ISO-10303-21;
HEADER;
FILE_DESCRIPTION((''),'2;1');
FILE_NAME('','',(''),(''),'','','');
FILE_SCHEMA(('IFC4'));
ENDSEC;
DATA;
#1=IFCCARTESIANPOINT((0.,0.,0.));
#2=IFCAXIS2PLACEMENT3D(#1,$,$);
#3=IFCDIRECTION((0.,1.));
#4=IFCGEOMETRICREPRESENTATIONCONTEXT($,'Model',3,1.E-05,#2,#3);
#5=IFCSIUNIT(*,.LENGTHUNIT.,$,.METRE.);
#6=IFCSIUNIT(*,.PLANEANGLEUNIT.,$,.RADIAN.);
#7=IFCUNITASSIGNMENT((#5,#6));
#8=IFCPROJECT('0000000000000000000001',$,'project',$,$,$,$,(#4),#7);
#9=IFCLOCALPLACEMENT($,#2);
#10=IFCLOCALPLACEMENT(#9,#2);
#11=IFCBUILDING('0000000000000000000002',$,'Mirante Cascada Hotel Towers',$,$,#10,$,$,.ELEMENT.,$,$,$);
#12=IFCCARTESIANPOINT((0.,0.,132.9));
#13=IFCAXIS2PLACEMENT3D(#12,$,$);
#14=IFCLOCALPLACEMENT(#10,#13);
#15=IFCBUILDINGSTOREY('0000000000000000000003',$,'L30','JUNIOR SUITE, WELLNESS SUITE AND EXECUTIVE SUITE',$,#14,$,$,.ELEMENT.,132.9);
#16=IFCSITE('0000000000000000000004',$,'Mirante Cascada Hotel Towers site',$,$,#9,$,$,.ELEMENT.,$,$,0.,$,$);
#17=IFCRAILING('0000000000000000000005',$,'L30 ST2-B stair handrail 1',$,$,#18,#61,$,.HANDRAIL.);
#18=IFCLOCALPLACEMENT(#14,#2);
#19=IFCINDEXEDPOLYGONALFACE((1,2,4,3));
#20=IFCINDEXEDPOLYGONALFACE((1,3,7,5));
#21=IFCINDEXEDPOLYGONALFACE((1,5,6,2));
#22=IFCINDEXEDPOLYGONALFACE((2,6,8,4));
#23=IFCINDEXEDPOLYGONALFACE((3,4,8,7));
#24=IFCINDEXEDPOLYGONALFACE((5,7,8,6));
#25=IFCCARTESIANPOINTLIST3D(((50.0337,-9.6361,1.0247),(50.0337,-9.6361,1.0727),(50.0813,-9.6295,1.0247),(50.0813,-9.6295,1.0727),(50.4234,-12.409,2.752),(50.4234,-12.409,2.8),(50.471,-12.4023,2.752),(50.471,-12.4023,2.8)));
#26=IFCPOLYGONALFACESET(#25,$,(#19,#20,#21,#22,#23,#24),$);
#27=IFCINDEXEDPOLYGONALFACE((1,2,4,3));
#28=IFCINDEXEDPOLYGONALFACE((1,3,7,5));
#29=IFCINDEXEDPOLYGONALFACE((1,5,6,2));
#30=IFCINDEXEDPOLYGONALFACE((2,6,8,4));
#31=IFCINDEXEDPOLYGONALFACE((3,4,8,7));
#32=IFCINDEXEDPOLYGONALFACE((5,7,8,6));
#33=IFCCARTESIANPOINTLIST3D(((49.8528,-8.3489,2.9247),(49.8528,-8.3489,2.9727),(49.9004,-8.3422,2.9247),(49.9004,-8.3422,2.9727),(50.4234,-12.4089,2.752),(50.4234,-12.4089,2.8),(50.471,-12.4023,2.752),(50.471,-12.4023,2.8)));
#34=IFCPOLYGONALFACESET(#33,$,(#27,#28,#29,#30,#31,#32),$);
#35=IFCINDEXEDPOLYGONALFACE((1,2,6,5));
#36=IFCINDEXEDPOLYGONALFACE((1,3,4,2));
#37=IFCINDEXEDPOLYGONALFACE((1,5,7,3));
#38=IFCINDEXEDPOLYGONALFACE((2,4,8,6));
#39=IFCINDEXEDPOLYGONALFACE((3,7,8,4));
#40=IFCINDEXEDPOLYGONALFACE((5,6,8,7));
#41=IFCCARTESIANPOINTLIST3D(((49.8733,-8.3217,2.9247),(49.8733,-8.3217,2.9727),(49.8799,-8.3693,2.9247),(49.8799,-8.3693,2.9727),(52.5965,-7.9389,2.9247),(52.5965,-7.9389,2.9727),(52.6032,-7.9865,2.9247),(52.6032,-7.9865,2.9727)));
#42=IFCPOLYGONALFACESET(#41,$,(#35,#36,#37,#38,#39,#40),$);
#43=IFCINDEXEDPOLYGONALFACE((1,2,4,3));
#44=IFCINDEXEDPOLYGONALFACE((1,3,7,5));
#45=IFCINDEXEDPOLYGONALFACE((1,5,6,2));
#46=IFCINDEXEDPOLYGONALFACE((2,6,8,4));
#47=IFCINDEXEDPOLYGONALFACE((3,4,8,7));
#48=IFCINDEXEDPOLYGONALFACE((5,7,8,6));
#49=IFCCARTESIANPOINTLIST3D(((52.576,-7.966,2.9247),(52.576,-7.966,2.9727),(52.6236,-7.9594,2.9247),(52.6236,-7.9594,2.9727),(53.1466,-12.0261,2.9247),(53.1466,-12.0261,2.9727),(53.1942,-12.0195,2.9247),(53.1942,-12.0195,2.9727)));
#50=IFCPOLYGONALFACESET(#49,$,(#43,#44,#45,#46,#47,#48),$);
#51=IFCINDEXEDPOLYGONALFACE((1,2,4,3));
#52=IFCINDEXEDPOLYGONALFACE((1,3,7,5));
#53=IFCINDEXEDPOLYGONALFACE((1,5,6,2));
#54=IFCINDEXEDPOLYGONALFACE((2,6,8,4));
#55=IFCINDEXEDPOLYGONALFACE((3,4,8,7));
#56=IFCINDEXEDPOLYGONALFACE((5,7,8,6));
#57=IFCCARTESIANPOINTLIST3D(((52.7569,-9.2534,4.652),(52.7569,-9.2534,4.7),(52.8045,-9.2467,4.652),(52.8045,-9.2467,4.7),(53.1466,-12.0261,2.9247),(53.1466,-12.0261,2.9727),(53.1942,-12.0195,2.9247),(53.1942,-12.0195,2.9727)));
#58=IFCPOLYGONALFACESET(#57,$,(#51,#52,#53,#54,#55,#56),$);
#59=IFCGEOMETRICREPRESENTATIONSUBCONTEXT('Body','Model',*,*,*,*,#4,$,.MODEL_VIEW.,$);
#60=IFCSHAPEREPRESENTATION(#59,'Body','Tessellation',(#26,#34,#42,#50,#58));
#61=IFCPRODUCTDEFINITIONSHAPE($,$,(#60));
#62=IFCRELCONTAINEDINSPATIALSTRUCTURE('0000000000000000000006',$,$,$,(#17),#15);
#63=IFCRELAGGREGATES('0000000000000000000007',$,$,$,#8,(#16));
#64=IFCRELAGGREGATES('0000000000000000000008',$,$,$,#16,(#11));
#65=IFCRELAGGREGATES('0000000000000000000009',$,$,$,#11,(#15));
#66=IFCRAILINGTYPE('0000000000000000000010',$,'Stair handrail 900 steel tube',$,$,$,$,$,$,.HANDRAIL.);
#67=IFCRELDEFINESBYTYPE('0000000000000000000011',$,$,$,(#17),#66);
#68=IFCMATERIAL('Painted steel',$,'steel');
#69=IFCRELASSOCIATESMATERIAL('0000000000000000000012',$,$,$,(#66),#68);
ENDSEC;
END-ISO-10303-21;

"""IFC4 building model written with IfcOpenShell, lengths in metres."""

from ifc_helpers import new_model, si_unit, direction, frame, origin, origin_2d, place, context, subcontext, project, spatial, rectangle, extrude, material, type_object, element, save


model = new_model("IFC4")

# Units and contexts
model_context = context("Model", 3, precision=1e-05, world=origin(), true_north=direction((0.0, 1.0)))
body_context = subcontext(model_context, "Body", "Model", "MODEL_VIEW")
ifc_project = project(units=[si_unit("LENGTHUNIT", "METRE"), si_unit("PLANEANGLEUNIT", "RADIAN")], contexts=[model_context])

# Site, building, storey
site_placement = place(None, origin())
site = spatial("IfcSite", under=ifc_project, at=site_placement, Name="Mirante Cascada Hotel Towers site", CompositionType="ELEMENT", RefElevation=0.0)
building_placement = place(site_placement, origin())
building = spatial("IfcBuilding", under=site, at=building_placement, Name="Mirante Cascada Hotel Towers", CompositionType="ELEMENT")
storey_placement = place(building_placement, frame((0.0, 0.0, 132.9)))
storey = spatial("IfcBuildingStorey", under=building, at=storey_placement, Name="L30", Description="JUNIOR SUITE, WELLNESS SUITE AND EXECUTIVE SUITE", CompositionType="ELEMENT", Elevation=132.9)

# Railing
ifc_material_1 = material(Name="Painted steel", Category="steel")
railing_type_1 = type_object("IfcRailingType", Name="Stair handrail 900 steel tube", PredefinedType="HANDRAIL", material=ifc_material_1)
railing_1_placement = place(storey_placement, frame((50.0575, -9.6328, 0.1727)))
element("IfcRailing", 1, at=railing_1_placement, inside=storey, type_object=railing_type_1, Name="L30 ST2-B stair handrail 1", PredefinedType="HANDRAIL", context=body_context, shape_type="SweptSolid", body=[
    extrude(rectangle(XDim=0.048, YDim=0.048, at=origin_2d()), frame((0.0, 0.0, 0.876), z_axis=(0.139176, -0.990268, 0.0), x_axis=(0.990268, 0.139176, 0.0)), (0.0, 0.525021, 0.851089), 3.29),
    extrude(rectangle(XDim=0.048, YDim=0.048, at=origin_2d()), frame((0.3897, -2.7728, 2.6033), z_axis=(-0.139171, 0.990268, 0.0), x_axis=(-0.990268, -0.139171, 0.0)), (0.0, 0.042085, 0.999114), 4.1036),
    extrude(rectangle(XDim=0.048, YDim=0.048, at=origin_2d()), frame((-0.1809, 1.2873, 2.776), z_axis=(0.990264, 0.139201, 0.0), x_axis=(-0.139201, 0.990264, 0.0)), (0.0, 0.0, 1.0), 2.75),
    extrude(rectangle(XDim=0.048, YDim=0.048, at=origin_2d()), frame((2.5423, 1.6701, 2.776), z_axis=(0.139171, -0.990268, 0.0), x_axis=(0.990268, 0.139171, 0.0)), (0.0, 0.0, 1.0), 4.1),
    extrude(rectangle(XDim=0.048, YDim=0.048, at=origin_2d()), frame((3.1129, -2.39, 2.776), z_axis=(-0.139181, 0.990267, 0.0), x_axis=(-0.990267, -0.139181, 0.0)), (0.0, 0.525035, 0.851081), 3.2899),
])

save(model, "model.ifc")
